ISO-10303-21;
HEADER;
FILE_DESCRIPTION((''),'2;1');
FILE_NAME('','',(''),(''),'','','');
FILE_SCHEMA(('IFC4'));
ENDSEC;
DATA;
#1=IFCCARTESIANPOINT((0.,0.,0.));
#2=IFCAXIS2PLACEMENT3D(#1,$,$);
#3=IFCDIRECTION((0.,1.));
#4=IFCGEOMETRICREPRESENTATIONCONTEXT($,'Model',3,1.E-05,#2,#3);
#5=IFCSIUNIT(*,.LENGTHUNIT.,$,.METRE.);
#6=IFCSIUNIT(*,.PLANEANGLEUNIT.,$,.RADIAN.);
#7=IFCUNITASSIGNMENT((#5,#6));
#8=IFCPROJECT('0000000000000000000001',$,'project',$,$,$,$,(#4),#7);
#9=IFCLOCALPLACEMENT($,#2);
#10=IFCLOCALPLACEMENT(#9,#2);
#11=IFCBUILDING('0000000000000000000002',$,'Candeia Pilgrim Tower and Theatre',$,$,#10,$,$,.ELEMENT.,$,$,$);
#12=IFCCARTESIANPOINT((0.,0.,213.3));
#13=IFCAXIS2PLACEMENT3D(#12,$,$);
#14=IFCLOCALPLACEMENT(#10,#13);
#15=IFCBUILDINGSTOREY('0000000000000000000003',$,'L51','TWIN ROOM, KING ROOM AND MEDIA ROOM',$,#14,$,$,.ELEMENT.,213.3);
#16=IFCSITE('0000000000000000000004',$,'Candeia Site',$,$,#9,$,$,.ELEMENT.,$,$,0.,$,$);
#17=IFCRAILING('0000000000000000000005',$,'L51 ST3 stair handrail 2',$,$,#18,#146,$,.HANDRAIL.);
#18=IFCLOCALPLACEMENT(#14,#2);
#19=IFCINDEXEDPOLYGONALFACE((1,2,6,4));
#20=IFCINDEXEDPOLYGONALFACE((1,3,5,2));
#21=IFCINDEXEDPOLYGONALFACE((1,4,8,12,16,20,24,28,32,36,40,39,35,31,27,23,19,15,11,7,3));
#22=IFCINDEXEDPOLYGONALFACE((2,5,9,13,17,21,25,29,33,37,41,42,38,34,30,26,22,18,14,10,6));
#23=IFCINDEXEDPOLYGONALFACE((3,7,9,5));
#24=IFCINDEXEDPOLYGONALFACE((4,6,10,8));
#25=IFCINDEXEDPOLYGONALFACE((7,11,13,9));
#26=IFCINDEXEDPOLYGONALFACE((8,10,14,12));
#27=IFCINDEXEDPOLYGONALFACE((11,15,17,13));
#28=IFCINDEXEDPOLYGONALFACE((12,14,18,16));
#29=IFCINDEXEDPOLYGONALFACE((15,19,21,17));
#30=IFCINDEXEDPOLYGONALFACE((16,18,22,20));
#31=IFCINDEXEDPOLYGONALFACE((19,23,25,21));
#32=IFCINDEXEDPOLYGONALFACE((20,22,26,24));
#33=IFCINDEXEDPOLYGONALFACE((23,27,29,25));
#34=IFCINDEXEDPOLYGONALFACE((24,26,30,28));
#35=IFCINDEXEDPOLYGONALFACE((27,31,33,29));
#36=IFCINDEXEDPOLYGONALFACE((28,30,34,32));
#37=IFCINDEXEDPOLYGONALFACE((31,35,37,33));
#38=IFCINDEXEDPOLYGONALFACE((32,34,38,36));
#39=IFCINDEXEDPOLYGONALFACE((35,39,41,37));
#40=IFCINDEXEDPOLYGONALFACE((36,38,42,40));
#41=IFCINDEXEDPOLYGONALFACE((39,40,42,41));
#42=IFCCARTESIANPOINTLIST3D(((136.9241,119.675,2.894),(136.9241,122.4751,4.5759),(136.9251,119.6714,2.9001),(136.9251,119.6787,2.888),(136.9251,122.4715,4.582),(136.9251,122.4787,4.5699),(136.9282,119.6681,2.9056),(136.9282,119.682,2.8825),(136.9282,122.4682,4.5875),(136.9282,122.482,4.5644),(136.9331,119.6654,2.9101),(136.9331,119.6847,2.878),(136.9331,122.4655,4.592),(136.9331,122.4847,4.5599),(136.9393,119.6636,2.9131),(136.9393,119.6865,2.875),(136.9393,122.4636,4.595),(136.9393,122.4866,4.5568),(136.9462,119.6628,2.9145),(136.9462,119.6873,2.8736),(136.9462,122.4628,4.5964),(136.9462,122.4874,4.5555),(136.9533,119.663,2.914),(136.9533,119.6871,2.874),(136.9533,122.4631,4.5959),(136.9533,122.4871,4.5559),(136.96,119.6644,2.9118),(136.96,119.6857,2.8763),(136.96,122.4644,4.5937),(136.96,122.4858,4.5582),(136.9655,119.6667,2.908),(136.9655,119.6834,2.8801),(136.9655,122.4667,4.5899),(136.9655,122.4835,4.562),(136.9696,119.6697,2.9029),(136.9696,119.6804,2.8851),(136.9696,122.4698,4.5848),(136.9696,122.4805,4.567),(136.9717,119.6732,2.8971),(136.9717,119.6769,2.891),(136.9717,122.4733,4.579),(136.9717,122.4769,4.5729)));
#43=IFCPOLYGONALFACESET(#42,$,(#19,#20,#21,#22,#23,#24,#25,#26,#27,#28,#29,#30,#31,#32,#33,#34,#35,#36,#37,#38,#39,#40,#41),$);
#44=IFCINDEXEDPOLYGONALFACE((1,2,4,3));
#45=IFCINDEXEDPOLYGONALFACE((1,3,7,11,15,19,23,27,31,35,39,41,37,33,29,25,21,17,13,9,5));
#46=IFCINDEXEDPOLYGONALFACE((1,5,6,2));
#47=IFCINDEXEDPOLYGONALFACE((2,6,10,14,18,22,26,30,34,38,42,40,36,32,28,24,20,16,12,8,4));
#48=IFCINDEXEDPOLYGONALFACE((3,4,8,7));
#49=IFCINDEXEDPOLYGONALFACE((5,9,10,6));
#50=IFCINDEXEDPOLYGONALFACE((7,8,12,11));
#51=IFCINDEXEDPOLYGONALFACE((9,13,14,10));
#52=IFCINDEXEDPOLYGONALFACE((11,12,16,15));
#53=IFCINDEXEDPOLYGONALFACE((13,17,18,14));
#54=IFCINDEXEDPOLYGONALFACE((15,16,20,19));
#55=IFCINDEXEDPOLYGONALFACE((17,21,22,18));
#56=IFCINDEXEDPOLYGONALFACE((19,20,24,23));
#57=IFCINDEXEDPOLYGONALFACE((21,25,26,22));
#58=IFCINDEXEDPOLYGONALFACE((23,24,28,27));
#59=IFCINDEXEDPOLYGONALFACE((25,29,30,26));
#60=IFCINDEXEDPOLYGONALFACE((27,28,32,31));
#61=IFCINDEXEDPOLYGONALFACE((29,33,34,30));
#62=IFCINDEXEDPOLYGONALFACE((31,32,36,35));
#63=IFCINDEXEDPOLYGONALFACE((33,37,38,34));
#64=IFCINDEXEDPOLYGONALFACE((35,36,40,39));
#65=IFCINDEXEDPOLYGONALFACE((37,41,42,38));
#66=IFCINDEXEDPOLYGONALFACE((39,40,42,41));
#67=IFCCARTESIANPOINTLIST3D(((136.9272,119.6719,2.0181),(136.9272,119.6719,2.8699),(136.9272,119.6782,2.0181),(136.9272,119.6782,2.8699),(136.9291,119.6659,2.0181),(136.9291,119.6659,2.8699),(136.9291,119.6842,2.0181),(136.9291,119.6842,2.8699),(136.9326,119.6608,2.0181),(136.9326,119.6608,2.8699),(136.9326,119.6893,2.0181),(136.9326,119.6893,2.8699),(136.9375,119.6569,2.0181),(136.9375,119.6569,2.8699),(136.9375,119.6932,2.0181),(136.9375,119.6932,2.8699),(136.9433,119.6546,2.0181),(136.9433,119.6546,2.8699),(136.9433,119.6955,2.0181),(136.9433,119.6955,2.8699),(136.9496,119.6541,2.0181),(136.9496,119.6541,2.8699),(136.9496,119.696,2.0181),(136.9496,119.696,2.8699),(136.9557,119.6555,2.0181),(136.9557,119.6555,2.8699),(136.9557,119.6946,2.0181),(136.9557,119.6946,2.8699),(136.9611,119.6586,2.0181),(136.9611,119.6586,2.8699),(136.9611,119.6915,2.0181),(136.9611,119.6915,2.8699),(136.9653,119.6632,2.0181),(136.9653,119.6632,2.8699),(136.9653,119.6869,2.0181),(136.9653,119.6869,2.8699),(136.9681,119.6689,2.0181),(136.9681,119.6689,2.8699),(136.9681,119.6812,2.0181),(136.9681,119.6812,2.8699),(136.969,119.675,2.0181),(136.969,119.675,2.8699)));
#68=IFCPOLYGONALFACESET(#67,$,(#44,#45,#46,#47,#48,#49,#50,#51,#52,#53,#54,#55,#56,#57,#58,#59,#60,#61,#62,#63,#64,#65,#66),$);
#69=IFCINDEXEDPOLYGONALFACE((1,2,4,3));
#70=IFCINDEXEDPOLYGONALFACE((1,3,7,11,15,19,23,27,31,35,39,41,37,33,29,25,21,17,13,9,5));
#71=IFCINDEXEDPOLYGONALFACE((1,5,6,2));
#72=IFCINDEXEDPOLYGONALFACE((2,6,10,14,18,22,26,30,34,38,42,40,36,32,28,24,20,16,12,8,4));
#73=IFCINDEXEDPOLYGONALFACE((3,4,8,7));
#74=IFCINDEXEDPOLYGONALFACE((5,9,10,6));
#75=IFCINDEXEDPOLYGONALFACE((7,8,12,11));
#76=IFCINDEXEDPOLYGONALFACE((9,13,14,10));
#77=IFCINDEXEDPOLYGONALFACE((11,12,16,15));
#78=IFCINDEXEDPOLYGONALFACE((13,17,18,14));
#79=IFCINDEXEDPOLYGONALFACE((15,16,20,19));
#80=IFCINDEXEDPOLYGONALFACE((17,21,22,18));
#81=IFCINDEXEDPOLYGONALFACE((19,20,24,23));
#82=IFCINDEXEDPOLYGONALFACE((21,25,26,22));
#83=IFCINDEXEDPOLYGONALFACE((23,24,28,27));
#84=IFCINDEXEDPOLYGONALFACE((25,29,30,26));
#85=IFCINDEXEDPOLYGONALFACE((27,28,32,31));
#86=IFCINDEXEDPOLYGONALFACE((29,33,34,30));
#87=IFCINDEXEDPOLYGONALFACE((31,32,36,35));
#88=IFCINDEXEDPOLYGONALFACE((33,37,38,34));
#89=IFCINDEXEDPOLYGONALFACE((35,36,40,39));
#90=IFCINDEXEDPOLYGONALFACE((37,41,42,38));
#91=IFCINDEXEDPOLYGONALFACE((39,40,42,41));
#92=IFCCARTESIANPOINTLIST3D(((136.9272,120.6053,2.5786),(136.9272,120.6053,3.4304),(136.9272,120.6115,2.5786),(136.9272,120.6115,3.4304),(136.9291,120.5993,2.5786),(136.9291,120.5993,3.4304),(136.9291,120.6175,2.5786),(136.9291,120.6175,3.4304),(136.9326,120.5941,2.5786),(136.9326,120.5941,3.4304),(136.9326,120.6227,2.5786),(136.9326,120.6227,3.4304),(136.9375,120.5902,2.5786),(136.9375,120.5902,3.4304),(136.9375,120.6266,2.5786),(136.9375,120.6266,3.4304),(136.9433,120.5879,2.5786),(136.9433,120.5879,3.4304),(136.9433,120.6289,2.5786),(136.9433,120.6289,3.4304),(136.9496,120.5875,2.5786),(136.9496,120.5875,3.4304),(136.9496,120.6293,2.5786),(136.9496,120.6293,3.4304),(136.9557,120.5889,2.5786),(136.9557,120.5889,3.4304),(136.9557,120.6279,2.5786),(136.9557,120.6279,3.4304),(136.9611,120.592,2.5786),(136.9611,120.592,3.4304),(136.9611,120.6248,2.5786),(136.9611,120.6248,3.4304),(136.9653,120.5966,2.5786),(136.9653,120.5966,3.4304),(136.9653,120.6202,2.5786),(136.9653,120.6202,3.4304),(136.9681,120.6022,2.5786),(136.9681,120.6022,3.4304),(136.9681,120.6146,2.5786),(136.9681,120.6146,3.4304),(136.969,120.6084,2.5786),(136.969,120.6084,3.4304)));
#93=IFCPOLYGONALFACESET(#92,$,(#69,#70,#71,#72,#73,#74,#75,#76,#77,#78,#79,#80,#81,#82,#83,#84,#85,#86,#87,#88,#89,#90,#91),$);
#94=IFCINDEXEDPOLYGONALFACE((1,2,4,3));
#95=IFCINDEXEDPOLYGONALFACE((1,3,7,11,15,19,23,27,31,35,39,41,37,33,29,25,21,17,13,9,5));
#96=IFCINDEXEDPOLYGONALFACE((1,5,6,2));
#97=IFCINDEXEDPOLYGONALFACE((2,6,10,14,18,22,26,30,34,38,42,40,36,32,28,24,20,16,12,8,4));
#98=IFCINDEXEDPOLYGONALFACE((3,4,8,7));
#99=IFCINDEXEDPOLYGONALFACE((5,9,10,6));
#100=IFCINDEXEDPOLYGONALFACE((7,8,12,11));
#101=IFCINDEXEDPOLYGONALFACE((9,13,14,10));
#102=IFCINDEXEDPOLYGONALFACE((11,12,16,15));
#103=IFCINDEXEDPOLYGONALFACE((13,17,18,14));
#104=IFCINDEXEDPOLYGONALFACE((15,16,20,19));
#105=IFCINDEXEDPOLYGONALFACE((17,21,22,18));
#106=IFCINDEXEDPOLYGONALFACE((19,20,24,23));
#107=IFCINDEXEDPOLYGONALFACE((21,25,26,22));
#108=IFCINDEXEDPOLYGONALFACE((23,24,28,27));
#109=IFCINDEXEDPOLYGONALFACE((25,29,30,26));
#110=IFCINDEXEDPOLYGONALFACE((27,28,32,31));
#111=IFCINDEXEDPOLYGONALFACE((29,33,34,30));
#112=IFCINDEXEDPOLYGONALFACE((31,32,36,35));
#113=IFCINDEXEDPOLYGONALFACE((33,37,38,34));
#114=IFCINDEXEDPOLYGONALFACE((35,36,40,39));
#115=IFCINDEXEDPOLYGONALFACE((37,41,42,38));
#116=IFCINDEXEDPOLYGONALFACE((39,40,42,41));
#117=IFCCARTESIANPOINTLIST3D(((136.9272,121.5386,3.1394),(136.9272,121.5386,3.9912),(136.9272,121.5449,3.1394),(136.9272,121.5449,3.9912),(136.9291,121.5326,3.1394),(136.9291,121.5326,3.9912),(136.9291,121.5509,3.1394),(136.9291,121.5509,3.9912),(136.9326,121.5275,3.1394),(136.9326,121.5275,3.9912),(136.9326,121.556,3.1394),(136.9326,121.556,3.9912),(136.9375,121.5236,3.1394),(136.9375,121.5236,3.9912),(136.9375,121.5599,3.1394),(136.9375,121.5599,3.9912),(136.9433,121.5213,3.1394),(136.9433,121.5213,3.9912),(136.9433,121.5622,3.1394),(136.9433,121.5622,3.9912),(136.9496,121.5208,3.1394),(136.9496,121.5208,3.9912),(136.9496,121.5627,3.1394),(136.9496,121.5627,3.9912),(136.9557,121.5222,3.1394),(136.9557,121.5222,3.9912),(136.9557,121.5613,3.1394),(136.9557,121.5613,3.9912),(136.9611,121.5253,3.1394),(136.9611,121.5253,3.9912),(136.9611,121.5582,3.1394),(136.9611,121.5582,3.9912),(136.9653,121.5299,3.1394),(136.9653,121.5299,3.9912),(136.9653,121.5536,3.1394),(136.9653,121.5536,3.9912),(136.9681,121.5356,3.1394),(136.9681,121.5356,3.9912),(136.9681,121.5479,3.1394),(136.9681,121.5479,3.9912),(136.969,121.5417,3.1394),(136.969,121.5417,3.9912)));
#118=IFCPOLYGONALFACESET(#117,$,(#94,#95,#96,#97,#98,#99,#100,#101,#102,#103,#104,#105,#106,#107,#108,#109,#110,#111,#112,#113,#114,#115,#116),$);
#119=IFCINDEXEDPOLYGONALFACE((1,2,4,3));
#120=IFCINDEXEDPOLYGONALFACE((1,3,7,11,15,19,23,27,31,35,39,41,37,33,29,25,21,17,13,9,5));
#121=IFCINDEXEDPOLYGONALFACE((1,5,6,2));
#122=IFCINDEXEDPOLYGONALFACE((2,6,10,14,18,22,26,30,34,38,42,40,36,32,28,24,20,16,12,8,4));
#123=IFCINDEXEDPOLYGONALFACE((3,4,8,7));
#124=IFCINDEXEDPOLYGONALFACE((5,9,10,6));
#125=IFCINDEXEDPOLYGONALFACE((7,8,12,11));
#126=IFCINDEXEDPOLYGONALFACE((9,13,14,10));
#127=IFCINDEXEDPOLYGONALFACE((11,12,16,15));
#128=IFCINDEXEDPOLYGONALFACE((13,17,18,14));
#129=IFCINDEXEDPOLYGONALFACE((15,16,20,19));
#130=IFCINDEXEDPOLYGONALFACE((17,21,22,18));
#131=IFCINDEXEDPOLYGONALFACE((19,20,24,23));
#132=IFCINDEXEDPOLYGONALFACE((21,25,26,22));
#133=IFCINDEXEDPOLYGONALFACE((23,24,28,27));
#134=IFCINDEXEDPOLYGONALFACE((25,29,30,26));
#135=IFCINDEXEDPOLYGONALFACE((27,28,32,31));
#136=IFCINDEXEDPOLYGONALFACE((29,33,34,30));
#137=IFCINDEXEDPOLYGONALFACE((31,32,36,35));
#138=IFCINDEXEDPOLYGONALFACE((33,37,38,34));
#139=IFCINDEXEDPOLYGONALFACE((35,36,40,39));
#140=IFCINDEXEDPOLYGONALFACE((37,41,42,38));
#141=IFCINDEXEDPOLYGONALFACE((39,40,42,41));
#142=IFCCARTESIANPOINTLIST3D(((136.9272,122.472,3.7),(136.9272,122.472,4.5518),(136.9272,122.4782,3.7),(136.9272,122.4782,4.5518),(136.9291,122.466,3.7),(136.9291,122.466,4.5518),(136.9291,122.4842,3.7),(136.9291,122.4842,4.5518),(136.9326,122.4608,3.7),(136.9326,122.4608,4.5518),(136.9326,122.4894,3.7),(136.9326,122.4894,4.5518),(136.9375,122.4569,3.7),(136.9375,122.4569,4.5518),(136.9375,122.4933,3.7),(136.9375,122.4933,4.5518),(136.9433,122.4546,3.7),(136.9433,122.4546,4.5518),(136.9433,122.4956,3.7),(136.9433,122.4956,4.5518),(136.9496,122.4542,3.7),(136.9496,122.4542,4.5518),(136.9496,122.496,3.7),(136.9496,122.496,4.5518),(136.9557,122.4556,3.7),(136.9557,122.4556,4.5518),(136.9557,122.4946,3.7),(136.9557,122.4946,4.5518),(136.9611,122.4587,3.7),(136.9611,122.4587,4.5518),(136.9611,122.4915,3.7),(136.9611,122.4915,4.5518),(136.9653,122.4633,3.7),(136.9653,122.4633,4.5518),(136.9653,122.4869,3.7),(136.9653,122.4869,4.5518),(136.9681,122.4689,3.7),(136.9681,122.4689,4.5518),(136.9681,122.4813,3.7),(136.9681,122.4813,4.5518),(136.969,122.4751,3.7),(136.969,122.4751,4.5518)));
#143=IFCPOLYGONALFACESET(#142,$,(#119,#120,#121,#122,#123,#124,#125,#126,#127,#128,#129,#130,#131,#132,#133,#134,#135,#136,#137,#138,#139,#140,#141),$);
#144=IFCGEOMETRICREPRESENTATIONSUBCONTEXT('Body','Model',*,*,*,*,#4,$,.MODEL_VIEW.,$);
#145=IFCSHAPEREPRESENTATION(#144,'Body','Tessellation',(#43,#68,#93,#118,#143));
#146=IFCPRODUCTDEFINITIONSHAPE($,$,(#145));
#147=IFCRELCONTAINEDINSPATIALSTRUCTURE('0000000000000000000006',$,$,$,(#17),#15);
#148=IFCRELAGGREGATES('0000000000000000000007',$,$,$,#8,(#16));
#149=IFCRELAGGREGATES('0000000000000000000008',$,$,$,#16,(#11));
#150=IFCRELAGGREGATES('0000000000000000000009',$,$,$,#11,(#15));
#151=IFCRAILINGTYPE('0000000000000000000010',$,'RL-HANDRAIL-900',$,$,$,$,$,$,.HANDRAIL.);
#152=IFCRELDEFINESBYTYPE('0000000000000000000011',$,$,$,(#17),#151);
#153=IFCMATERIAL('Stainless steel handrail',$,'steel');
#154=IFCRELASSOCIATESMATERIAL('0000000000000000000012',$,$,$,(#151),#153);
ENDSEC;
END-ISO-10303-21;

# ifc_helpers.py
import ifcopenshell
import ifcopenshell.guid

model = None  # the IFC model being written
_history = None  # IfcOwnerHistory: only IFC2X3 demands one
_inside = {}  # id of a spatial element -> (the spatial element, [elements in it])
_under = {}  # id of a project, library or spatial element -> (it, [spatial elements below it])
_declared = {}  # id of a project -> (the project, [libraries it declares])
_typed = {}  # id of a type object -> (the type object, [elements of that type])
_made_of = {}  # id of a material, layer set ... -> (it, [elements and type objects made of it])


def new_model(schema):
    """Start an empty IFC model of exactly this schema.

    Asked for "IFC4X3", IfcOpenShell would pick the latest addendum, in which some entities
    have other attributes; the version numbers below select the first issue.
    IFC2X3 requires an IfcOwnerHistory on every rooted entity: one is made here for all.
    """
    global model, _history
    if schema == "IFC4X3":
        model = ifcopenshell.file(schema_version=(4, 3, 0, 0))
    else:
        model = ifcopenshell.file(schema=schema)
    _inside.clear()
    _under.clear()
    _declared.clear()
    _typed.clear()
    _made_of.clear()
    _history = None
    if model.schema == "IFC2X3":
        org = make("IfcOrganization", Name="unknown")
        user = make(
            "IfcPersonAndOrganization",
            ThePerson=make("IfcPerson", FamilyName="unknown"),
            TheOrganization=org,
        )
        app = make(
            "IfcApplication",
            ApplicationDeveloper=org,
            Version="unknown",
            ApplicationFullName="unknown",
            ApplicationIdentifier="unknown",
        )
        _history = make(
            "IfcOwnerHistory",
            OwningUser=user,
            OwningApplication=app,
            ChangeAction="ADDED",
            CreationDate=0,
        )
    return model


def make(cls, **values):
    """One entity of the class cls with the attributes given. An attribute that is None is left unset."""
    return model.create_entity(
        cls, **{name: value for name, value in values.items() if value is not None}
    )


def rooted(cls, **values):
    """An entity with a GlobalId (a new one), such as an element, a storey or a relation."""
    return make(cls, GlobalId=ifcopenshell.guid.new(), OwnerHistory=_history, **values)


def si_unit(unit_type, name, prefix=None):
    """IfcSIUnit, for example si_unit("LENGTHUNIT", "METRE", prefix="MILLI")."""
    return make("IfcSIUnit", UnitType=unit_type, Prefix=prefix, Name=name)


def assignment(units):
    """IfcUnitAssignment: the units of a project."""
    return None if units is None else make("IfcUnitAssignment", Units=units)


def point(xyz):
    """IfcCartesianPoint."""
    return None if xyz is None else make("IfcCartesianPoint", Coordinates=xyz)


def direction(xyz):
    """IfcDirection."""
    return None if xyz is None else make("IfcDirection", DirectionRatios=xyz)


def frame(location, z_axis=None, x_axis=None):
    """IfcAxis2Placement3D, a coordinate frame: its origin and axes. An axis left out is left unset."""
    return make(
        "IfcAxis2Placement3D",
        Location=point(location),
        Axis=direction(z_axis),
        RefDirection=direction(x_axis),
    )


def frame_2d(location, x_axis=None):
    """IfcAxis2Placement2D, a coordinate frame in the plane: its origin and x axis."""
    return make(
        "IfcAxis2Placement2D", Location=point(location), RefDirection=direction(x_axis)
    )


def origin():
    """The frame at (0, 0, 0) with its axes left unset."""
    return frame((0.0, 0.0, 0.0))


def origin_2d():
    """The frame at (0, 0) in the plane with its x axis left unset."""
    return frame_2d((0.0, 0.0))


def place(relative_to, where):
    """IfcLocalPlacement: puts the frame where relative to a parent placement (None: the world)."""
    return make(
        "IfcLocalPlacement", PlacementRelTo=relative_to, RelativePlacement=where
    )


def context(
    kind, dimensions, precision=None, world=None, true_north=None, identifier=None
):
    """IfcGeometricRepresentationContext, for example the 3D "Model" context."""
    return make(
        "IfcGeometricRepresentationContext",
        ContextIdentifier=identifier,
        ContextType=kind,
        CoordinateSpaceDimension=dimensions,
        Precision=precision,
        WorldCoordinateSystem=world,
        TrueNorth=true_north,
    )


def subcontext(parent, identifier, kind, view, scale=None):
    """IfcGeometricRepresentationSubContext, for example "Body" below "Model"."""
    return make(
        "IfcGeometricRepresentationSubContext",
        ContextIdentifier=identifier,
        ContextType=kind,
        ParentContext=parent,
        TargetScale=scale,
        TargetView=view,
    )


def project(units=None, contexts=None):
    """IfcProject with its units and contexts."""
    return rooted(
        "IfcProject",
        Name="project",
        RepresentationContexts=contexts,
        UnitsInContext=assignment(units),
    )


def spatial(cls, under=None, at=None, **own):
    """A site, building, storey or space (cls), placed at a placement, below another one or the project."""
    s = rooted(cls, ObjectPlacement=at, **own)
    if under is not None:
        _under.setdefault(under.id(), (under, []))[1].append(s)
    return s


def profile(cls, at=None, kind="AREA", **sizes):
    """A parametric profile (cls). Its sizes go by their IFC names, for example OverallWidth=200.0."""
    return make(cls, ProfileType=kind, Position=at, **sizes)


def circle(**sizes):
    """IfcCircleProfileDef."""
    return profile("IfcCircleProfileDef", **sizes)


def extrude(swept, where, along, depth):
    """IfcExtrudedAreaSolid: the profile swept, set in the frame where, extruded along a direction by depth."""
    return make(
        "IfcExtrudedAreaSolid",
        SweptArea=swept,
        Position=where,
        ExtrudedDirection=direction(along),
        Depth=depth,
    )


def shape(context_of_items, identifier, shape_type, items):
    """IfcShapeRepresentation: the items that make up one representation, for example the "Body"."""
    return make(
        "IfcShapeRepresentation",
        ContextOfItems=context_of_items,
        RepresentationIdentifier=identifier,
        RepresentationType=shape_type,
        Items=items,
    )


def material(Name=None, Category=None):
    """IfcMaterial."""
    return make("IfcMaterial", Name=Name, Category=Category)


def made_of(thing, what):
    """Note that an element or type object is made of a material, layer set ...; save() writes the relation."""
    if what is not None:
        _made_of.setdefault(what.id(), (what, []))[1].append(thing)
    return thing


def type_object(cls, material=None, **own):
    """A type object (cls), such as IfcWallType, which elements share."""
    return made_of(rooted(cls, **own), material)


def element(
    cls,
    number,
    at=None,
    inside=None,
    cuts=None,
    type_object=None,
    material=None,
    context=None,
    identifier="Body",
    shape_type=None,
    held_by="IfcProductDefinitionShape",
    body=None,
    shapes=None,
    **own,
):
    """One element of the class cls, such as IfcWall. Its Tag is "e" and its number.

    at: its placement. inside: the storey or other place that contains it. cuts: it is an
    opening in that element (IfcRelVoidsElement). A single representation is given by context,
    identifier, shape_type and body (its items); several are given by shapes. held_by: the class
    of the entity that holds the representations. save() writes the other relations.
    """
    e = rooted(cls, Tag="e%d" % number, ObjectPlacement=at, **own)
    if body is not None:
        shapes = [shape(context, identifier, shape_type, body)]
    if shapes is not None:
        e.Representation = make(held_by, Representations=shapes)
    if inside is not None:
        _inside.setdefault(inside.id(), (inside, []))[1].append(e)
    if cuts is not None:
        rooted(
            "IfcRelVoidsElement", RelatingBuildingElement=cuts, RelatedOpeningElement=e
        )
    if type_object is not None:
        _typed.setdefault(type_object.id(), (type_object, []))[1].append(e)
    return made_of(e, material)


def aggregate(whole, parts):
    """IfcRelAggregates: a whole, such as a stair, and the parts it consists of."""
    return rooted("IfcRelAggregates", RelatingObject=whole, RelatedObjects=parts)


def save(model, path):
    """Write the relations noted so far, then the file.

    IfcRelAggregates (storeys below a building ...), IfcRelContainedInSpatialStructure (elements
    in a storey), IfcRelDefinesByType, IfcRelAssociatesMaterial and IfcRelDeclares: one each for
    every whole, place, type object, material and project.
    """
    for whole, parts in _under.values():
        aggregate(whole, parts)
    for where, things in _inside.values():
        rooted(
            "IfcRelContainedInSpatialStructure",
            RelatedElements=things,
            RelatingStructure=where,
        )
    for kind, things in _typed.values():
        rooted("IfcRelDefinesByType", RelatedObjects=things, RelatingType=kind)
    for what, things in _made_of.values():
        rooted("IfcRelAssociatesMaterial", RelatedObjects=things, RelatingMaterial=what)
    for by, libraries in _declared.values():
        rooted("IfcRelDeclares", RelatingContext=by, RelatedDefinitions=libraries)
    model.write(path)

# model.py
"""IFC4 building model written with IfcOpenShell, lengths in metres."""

from ifc_helpers import new_model, si_unit, direction, frame, origin, origin_2d, place, context, subcontext, project, spatial, circle, extrude, material, type_object, element, save


model = new_model("IFC4")

# Units and contexts
model_context = context("Model", 3, precision=1e-05, world=origin(), true_north=direction((0.0, 1.0)))
body_context = subcontext(model_context, "Body", "Model", "MODEL_VIEW")
ifc_project = project(units=[si_unit("LENGTHUNIT", "METRE"), si_unit("PLANEANGLEUNIT", "RADIAN")], contexts=[model_context])

# Site, building, storey
site_placement = place(None, origin())
site = spatial("IfcSite", under=ifc_project, at=site_placement, Name="Candeia Site", CompositionType="ELEMENT", RefElevation=0.0)
building_placement = place(site_placement, origin())
building = spatial("IfcBuilding", under=site, at=building_placement, Name="Candeia Pilgrim Tower and Theatre", CompositionType="ELEMENT")
storey_placement = place(building_placement, frame((0.0, 0.0, 213.3)))
storey = spatial("IfcBuildingStorey", under=building, at=storey_placement, Name="L51", Description="TWIN ROOM, KING ROOM AND MEDIA ROOM", CompositionType="ELEMENT", Elevation=213.3)

# Railing
ifc_material_1 = material(Name="Stainless steel handrail", Category="steel")
railing_type_1 = type_object("IfcRailingType", Name="RL-HANDRAIL-900", PredefinedType="HANDRAIL", material=ifc_material_1)
railing_1_placement = place(storey_placement, frame((136.948, 119.675, 2.0181)))
element("IfcRailing", 1, at=railing_1_placement, inside=storey, type_object=railing_type_1, Name="L51 ST3 stair handrail 2", PredefinedType="HANDRAIL", context=body_context, shape_type="SweptSolid", body=[
    extrude(circle(Radius=0.0239, at=origin_2d()), frame((0.0, 0.0, 0.876), z_axis=(0.0, 0.857242, 0.514913), x_axis=(-1.0, 0.0, 0.0)), (0.0, 0.0, 1.0), 3.2664),
    extrude(circle(Radius=0.021, at=origin_2d()), origin(), (0.0, 0.0, 1.0), 0.8518),
    extrude(circle(Radius=0.021, at=origin_2d()), frame((0.0, 0.9333, 0.5605)), (0.0, 0.0, 1.0), 0.8518),
    extrude(circle(Radius=0.021, at=origin_2d()), frame((0.0, 1.8667, 1.1213)), (0.0, 0.0, 1.0), 0.8518),
    extrude(circle(Radius=0.021, at=origin_2d()), frame((0.0, 2.8, 1.6819)), (0.0, 0.0, 1.0), 0.8518),
])

save(model, "model.ifc")
